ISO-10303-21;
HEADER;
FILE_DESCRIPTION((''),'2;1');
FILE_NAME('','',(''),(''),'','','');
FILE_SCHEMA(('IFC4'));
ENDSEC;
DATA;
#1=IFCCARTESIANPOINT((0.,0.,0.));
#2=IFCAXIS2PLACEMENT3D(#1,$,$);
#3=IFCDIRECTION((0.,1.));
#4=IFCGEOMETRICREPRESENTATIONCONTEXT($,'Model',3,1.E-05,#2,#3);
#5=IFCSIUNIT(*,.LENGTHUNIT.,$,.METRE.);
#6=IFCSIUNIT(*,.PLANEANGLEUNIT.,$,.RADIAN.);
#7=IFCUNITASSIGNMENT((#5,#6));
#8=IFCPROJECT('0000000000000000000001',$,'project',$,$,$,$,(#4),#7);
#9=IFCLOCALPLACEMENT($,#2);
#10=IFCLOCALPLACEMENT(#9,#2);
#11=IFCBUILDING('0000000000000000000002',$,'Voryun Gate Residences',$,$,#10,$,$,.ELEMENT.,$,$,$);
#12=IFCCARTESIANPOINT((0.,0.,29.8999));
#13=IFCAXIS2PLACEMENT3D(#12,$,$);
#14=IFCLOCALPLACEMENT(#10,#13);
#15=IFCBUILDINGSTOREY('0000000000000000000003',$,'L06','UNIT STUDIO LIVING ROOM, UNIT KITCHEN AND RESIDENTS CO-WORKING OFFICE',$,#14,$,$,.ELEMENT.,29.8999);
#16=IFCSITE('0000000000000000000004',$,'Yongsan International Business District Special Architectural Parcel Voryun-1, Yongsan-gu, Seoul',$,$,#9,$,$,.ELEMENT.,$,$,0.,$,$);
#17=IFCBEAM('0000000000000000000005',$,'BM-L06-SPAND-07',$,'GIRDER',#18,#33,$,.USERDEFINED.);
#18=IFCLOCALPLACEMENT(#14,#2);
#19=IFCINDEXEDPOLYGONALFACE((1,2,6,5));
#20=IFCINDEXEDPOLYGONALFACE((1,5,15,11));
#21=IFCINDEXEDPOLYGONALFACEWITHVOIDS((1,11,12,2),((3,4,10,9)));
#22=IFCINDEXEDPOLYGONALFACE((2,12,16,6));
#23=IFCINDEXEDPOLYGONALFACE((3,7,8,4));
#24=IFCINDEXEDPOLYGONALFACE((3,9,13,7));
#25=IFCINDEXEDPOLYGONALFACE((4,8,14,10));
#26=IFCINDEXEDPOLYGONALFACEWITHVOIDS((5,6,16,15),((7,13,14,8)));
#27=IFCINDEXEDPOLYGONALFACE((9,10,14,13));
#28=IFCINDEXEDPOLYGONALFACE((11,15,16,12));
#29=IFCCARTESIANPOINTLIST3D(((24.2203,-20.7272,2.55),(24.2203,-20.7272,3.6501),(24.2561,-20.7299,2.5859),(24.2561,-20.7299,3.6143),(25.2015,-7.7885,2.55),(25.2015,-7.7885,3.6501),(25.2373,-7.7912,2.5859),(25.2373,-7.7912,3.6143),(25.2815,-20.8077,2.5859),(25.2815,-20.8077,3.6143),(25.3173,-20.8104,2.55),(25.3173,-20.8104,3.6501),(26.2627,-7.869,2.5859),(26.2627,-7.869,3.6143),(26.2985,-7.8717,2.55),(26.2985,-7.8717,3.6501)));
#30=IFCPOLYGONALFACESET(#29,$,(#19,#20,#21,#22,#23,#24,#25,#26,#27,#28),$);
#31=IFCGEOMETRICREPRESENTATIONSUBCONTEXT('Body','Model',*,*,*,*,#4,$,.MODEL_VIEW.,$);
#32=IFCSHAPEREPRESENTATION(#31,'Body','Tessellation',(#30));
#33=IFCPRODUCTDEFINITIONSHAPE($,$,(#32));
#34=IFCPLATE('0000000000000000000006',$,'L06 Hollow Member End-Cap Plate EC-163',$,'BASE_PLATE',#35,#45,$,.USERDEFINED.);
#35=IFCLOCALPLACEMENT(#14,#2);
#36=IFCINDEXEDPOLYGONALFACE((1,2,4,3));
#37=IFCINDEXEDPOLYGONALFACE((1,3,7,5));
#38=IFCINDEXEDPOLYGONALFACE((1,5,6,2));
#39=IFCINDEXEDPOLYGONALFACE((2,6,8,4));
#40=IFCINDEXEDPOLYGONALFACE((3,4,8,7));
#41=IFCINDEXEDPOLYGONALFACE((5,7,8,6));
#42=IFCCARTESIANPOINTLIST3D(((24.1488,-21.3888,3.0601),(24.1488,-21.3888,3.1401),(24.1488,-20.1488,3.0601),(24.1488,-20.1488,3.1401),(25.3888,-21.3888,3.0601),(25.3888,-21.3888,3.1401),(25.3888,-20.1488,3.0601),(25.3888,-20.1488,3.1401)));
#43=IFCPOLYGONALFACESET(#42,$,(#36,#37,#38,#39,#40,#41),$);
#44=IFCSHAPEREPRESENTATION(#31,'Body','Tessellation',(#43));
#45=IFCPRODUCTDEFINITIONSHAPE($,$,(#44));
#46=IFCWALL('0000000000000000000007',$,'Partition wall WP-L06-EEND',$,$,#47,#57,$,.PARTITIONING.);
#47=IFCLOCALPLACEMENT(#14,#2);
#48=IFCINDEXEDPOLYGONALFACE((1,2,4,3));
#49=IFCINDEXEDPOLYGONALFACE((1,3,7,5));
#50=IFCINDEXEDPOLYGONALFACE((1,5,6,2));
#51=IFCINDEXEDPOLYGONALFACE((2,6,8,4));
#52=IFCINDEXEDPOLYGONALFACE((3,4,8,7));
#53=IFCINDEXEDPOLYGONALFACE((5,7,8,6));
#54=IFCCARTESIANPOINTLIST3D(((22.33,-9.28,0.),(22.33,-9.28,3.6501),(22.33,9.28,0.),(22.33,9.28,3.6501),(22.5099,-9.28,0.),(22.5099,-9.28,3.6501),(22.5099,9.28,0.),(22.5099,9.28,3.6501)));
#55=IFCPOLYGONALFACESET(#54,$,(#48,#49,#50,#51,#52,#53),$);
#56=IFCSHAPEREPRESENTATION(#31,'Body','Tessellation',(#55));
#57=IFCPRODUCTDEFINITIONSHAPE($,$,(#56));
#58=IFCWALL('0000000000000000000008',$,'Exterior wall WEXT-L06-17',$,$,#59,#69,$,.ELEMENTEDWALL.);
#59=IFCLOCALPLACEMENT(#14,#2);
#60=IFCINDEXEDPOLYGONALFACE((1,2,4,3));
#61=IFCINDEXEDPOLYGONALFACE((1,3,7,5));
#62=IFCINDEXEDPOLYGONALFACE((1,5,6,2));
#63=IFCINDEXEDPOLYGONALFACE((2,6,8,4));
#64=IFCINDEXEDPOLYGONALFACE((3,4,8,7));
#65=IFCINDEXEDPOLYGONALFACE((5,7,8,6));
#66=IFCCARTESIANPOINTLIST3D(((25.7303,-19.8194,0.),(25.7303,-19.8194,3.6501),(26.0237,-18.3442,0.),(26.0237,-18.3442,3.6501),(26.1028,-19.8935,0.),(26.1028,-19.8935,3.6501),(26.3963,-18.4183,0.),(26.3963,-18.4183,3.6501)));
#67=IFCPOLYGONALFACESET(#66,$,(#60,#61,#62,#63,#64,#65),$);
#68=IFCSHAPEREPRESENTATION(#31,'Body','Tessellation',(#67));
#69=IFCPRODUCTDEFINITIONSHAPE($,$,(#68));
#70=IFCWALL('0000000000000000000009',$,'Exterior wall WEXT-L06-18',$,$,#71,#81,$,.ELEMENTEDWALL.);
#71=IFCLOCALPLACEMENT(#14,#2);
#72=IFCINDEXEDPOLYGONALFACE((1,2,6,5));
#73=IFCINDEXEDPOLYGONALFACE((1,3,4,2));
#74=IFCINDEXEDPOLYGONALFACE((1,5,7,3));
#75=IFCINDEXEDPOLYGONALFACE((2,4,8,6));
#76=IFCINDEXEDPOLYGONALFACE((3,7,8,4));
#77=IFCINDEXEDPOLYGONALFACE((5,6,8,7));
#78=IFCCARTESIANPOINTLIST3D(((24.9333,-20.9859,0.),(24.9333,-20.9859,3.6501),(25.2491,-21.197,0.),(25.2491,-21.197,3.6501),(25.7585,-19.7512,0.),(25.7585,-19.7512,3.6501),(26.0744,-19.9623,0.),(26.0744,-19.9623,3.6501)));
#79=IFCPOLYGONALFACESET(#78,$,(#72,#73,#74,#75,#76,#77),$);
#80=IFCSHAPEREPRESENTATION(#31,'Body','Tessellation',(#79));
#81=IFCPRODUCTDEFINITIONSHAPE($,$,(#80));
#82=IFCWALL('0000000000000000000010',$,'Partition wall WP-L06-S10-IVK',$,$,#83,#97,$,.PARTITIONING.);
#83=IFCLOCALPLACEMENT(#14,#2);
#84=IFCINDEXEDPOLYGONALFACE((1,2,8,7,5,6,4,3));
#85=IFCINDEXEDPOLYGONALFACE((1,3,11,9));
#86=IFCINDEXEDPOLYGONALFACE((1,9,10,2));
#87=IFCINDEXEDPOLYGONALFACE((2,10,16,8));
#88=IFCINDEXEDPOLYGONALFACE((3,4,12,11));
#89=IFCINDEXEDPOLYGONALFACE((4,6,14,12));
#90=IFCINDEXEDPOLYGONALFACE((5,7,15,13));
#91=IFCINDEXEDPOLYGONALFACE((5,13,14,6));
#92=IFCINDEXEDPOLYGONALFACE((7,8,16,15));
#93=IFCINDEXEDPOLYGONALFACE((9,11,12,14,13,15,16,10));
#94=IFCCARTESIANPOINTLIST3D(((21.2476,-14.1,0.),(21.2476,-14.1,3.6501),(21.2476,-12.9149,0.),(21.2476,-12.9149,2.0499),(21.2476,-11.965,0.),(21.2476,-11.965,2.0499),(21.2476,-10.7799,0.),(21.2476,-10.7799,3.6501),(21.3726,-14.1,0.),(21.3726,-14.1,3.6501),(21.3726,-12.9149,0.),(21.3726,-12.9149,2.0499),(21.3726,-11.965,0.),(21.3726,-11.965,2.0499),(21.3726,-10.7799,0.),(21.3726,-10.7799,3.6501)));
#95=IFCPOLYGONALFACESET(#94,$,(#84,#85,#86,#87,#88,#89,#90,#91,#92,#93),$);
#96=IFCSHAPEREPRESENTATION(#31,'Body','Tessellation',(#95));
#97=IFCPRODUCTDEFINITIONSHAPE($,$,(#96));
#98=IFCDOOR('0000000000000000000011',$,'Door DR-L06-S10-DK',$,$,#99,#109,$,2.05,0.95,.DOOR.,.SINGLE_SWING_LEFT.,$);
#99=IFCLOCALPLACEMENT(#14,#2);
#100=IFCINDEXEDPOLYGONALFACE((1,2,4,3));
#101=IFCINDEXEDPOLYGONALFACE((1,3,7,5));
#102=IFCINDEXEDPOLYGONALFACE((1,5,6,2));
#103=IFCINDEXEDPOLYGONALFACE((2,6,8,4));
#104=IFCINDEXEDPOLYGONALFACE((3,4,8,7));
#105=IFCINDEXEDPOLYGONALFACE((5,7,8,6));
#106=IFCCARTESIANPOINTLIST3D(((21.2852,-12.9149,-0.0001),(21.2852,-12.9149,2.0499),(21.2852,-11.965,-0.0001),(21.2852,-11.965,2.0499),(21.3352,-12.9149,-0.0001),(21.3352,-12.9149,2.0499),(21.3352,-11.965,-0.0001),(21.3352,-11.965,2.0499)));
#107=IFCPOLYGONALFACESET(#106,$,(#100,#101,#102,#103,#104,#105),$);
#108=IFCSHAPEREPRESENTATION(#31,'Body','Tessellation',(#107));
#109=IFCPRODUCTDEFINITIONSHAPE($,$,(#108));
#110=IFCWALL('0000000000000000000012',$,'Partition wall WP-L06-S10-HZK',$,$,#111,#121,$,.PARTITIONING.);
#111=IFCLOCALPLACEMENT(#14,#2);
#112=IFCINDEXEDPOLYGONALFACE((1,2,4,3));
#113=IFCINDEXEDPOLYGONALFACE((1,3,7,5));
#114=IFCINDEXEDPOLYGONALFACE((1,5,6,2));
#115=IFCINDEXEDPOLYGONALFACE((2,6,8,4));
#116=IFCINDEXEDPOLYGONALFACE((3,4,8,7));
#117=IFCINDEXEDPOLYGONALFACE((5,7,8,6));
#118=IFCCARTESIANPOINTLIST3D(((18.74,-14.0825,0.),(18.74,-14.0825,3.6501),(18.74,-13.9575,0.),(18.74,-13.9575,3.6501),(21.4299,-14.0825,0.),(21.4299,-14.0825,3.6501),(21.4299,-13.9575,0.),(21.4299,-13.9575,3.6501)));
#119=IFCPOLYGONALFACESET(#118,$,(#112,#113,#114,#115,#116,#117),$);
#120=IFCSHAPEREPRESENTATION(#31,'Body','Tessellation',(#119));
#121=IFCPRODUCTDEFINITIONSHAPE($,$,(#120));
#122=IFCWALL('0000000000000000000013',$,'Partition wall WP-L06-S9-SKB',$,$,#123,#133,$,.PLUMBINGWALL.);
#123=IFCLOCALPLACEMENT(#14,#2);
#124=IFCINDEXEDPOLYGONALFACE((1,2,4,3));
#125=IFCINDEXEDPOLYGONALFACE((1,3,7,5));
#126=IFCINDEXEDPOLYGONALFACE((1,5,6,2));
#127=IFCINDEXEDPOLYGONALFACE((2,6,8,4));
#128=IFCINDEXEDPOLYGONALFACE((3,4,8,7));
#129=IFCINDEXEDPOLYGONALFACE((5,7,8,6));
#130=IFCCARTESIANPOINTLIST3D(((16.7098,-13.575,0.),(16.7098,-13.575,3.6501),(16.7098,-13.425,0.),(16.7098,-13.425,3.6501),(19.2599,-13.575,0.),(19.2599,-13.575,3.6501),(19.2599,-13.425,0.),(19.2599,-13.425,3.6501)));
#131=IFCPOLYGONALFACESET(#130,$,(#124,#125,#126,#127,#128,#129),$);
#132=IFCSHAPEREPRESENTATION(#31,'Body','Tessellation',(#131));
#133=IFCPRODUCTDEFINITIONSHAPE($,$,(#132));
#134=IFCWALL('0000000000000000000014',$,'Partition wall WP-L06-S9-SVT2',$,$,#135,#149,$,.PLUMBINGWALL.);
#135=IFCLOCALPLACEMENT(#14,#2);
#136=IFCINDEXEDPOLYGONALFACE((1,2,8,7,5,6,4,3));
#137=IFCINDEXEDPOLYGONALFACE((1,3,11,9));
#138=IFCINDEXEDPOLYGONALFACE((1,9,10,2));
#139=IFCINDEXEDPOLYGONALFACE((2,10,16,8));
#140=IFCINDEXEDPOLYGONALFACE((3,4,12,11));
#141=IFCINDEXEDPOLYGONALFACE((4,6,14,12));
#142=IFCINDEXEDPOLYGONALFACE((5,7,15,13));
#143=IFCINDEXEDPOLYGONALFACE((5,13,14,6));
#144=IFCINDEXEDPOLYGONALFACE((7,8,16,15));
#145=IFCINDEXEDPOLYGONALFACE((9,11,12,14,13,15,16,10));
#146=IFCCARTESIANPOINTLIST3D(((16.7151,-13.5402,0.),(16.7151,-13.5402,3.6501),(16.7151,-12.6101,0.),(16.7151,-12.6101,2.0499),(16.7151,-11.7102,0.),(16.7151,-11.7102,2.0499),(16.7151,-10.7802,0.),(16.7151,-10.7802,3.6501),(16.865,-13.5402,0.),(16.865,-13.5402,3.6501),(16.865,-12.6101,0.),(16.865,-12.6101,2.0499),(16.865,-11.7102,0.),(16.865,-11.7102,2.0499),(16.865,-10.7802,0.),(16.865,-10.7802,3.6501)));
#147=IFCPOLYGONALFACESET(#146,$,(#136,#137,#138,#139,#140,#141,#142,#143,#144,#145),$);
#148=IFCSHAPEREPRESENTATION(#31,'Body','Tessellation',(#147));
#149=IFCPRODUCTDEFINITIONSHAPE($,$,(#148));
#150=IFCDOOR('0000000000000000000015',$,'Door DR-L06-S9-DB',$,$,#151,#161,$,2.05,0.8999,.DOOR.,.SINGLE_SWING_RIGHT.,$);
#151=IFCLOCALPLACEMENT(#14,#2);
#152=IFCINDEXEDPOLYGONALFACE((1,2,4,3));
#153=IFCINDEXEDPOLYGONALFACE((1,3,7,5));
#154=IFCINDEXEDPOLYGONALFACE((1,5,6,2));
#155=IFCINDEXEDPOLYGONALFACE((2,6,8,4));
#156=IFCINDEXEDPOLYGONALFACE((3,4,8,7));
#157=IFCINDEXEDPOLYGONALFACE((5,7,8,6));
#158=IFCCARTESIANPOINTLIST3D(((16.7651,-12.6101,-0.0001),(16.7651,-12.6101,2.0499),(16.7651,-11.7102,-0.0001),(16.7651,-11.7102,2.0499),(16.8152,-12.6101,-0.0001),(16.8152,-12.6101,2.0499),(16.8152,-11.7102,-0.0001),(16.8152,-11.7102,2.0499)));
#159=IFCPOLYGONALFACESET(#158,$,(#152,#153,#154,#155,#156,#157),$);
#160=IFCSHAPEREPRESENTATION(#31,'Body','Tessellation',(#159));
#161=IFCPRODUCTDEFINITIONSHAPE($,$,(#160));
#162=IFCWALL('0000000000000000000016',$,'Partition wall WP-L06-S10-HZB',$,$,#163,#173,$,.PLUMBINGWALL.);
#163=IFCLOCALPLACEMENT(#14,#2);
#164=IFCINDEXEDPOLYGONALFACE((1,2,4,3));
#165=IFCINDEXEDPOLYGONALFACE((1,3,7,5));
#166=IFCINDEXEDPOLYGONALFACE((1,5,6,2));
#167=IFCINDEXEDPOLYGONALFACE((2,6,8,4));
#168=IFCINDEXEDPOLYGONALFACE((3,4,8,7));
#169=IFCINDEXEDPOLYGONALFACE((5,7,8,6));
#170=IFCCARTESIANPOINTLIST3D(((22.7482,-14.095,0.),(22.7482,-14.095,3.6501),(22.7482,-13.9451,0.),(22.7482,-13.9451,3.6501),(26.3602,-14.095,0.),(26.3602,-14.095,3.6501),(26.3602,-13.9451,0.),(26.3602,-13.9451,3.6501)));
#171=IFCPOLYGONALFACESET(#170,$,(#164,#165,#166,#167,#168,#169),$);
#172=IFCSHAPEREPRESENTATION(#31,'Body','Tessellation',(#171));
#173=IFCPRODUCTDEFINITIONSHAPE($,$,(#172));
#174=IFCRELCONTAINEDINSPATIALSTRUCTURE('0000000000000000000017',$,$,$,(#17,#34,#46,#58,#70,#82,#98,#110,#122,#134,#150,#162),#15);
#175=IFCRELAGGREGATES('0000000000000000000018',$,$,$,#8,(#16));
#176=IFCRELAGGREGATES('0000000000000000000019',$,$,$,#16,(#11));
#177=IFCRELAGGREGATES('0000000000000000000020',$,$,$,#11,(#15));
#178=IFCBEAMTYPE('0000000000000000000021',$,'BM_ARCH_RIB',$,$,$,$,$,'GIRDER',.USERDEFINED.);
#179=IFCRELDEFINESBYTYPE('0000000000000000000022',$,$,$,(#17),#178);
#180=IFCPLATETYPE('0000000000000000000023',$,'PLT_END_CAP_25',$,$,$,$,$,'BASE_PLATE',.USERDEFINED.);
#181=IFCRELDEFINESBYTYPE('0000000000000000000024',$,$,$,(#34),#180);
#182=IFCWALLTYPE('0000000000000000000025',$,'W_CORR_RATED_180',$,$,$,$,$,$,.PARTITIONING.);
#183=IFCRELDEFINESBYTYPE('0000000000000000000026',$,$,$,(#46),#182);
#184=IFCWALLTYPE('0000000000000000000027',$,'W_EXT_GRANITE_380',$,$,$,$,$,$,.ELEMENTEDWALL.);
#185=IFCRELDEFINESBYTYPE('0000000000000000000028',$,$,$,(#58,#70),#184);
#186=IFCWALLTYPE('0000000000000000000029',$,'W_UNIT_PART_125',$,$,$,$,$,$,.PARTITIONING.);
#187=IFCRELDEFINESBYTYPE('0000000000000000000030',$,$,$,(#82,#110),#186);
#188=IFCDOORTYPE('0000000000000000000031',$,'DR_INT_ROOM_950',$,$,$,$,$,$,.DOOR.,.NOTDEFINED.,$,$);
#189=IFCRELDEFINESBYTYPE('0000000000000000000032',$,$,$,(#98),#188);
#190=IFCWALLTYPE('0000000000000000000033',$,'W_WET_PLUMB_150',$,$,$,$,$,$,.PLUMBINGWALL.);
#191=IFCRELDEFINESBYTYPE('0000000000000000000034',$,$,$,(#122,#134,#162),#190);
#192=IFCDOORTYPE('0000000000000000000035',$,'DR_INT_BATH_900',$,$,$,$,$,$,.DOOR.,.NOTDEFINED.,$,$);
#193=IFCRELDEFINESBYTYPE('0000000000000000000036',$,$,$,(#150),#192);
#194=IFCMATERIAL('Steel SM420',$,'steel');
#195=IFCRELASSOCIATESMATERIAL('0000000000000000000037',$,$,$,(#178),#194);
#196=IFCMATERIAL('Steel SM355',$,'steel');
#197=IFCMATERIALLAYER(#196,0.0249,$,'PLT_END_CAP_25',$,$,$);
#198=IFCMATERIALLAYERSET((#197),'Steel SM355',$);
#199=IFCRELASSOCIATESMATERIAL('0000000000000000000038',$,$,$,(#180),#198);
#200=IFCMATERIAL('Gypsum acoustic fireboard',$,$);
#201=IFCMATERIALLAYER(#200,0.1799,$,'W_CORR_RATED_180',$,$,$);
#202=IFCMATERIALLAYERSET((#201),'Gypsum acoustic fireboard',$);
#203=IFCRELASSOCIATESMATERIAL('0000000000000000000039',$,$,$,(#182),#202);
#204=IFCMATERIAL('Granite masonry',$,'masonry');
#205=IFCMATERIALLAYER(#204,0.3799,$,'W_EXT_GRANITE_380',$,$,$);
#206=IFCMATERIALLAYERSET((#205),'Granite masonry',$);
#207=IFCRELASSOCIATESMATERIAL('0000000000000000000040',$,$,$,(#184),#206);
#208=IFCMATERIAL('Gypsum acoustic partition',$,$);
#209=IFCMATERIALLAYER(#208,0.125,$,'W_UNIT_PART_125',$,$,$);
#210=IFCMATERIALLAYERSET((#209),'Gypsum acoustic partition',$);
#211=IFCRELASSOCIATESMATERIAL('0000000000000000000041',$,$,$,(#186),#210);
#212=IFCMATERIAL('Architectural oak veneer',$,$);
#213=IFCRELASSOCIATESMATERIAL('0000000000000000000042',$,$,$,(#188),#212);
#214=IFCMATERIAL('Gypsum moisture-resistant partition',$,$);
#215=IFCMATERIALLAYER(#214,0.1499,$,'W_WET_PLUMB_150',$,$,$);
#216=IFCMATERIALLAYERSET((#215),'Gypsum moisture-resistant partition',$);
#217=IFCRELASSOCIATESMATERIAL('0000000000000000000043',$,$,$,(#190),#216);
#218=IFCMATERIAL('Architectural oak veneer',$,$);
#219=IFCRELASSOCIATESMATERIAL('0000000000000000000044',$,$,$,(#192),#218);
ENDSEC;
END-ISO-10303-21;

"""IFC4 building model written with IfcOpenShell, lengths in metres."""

from ifc_helpers import new_model, si_unit, direction, frame, frame_2d, origin, origin_2d, place, context, subcontext, project, spatial, rectangle, hollow_rectangle, extrude, material, layer, layer_set, material_profile, profile_set, type_object, element, fill, save


model = new_model("IFC4")

# Units and contexts
model_context = context("Model", 3, precision=1e-05, world=origin(), true_north=direction((0.0, 1.0)))
body_context = subcontext(model_context, "Body", "Model", "MODEL_VIEW")
ifc_project = project(units=[si_unit("LENGTHUNIT", "METRE"), si_unit("PLANEANGLEUNIT", "RADIAN")], contexts=[model_context])

# Site, building, storey
site_placement = place(None, origin())
site = spatial("IfcSite", under=ifc_project, at=site_placement, Name="Yongsan International Business District Special Architectural Parcel Voryun-1, Yongsan-gu, Seoul", CompositionType="ELEMENT", RefElevation=0.0)
building_placement = place(site_placement, origin())
building = spatial("IfcBuilding", under=site, at=building_placement, Name="Voryun Gate Residences", CompositionType="ELEMENT")
storey_placement = place(building_placement, frame((0.0, 0.0, 29.8999)))
storey = spatial("IfcBuildingStorey", under=building, at=storey_placement, Name="L06", Description="UNIT STUDIO LIVING ROOM, UNIT KITCHEN AND RESIDENTS CO-WORKING OFFICE", CompositionType="ELEMENT", Elevation=29.8999)

# Beam
ifc_material_1 = material(Name="Steel SM420", Category="steel")
ifc_material_profile = material_profile(ifc_material_1, hollow_rectangle(XDim=1.1001, YDim=1.1001, WallThickness=0.0359, at=origin_2d()), Name="BOX-1100x1100x36")
ifc_profile_set = profile_set([ifc_material_profile], Name="Steel SM420")
beam_type = type_object("IfcBeamType", Name="BM_ARCH_RIB", ElementType="GIRDER", PredefinedType="USERDEFINED", material=ifc_profile_set)
beam_placement = place(storey_placement, frame((24.7688, -20.7688, 3.1001), z_axis=(0.075617, 0.997137, 0.0), x_axis=(-0.997137, 0.075617, 0.0)))
element("IfcBeam", 1, at=beam_placement, inside=storey, type_object=beam_type, Name="BM-L06-SPAND-07", ObjectType="GIRDER", PredefinedType="USERDEFINED", context=body_context, shape_type="SweptSolid", body=[
    extrude(hollow_rectangle(XDim=1.1001, YDim=1.1001, WallThickness=0.0359, at=origin_2d()), origin(), (0.0, 0.0, 1.0), 12.9758),
])

# Plate
ifc_material_2 = material(Name="Steel SM355", Category="steel")
ifc_layer_1 = layer(ifc_material_2, 0.0249, Name="PLT_END_CAP_25")
ifc_layer_set_1 = layer_set([ifc_layer_1], Name="Steel SM355")
plate_type = type_object("IfcPlateType", Name="PLT_END_CAP_25", ElementType="BASE_PLATE", PredefinedType="USERDEFINED", material=ifc_layer_set_1)
plate_placement = place(storey_placement, frame((24.7688, -20.7688, 3.0601), z_axis=(0.0, 0.0, 1.0), x_axis=(1.0, 0.0, 0.0)))
element("IfcPlate", 2, at=plate_placement, inside=storey, type_object=plate_type, Name="L06 Hollow Member End-Cap Plate EC-163", ObjectType="BASE_PLATE", PredefinedType="USERDEFINED", context=body_context, shape_type="SweptSolid", body=[
    extrude(rectangle(XDim=1.24, YDim=1.24, at=origin_2d()), origin(), (0.0, 0.0, 1.0), 0.0801),
])

# Walls
ifc_material_3 = material(Name="Gypsum acoustic fireboard")
ifc_layer_2 = layer(ifc_material_3, 0.1799, Name="W_CORR_RATED_180")
ifc_layer_set_2 = layer_set([ifc_layer_2], Name="Gypsum acoustic fireboard")
wall_type_1 = type_object("IfcWallType", Name="W_CORR_RATED_180", PredefinedType="PARTITIONING", material=ifc_layer_set_2)
wall_1_placement = place(storey_placement, frame((22.4199, -9.28, 0.0), z_axis=(0.0, 0.0, 1.0), x_axis=(0.0, 1.0, 0.0)))
element("IfcWall", 3, at=wall_1_placement, inside=storey, type_object=wall_type_1, Name="Partition wall WP-L06-EEND", PredefinedType="PARTITIONING", context=body_context, shape_type="SweptSolid", body=[
    extrude(rectangle(XDim=18.5601, YDim=0.1799, at=frame_2d((9.28, 0.0))), origin(), (0.0, 0.0, 1.0), 3.6501),
])
ifc_material_4 = material(Name="Granite masonry", Category="masonry")
ifc_layer_3 = layer(ifc_material_4, 0.3799, Name="W_EXT_GRANITE_380")
ifc_layer_set_3 = layer_set([ifc_layer_3], Name="Granite masonry")
wall_type_2 = type_object("IfcWallType", Name="W_EXT_GRANITE_380", PredefinedType="ELEMENTEDWALL", material=ifc_layer_set_3)
wall_2_placement = place(storey_placement, frame((26.21, -18.3813, 0.0), z_axis=(0.0, 0.0, 1.0), x_axis=(-0.195086, -0.980786, 0.0)))
element("IfcWall", 4, at=wall_2_placement, inside=storey, type_object=wall_type_2, Name="Exterior wall WEXT-L06-17", PredefinedType="ELEMENTEDWALL", context=body_context, shape_type="SweptSolid", body=[
    extrude(rectangle(XDim=1.5042, YDim=0.3799, at=frame_2d((0.752, 0.0))), origin(), (0.0, 0.0, 1.0), 3.6501),
])
wall_3_placement = place(storey_placement, frame((25.9165, -19.8567, 0.0), z_axis=(0.0, 0.0, 1.0), x_axis=(-0.555686, -0.831392, 0.0)))
element("IfcWall", 5, at=wall_3_placement, inside=storey, type_object=wall_type_2, Name="Exterior wall WEXT-L06-18", PredefinedType="ELEMENTEDWALL", context=body_context, shape_type="SweptSolid", body=[
    extrude(rectangle(XDim=1.4851, YDim=0.3799, at=frame_2d((0.7427, 0.0))), origin(), (0.0, 0.0, 1.0), 3.6501),
])

# Wall, opening, door
ifc_material_5 = material(Name="Gypsum acoustic partition")
ifc_layer_4 = layer(ifc_material_5, 0.125, Name="W_UNIT_PART_125")
ifc_layer_set_4 = layer_set([ifc_layer_4], Name="Gypsum acoustic partition")
wall_type_3 = type_object("IfcWallType", Name="W_UNIT_PART_125", PredefinedType="PARTITIONING", material=ifc_layer_set_4)
wall_4_placement = place(storey_placement, frame((21.3101, -14.1001, 0.0), z_axis=(0.0, 0.0, 1.0), x_axis=(0.0, 1.0, 0.0)))
wall_4 = element("IfcWall", 6, at=wall_4_placement, inside=storey, type_object=wall_type_3, Name="Partition wall WP-L06-S10-IVK", PredefinedType="PARTITIONING", context=body_context, shape_type="SweptSolid", body=[
    extrude(rectangle(XDim=3.3201, YDim=0.125, at=frame_2d((1.6602, 0.0))), origin(), (0.0, 0.0, 1.0), 3.6501),
])
opening_1_placement = place(wall_4_placement, frame((1.1851, 0.0, 0.0)))
opening_1 = element("IfcOpeningElement", 7, at=opening_1_placement, cuts=wall_4, PredefinedType="OPENING", context=body_context, shape_type="SweptSolid", body=[
    extrude(rectangle(XDim=0.95, YDim=2.05, at=frame_2d((0.4751, 1.0249))), frame((0.0, 0.0725, 0.0), z_axis=(0.0, -1.0, 0.0), x_axis=(1.0, 0.0, 0.0)), (0.0, 0.0, 1.0), 0.145),
])
ifc_material_6 = material(Name="Architectural oak veneer")
door_type_1 = type_object("IfcDoorType", Name="DR_INT_ROOM_950", OperationType="NOTDEFINED", PredefinedType="DOOR", material=ifc_material_6)
door_1_placement = place(opening_1_placement, origin())
door_1 = element("IfcDoor", 8, at=door_1_placement, inside=storey, type_object=door_type_1, Name="Door DR-L06-S10-DK", OperationType="SINGLE_SWING_LEFT", OverallHeight=2.05, OverallWidth=0.95, PredefinedType="DOOR", context=body_context, shape_type="SweptSolid", body=[
    extrude(rectangle(XDim=0.95, YDim=2.05, at=frame_2d((0.4751, 1.0249))), frame((0.0, 0.0249, 0.0), z_axis=(0.0, -1.0, 0.0), x_axis=(1.0, 0.0, 0.0)), (0.0, 0.0, 1.0), 0.05),
])
fill(opening_1, door_1)

# Walls
wall_5_placement = place(storey_placement, frame((18.74, -14.02, 0.0), z_axis=(0.0, 0.0, 1.0), x_axis=(1.0, 0.0, 0.0)))
element("IfcWall", 9, at=wall_5_placement, inside=storey, type_object=wall_type_3, Name="Partition wall WP-L06-S10-HZK", PredefinedType="PARTITIONING", context=body_context, shape_type="SweptSolid", body=[
    extrude(rectangle(XDim=2.6899, YDim=0.125, at=frame_2d((1.345, 0.0))), origin(), (0.0, 0.0, 1.0), 3.6501),
])
ifc_material_7 = material(Name="Gypsum moisture-resistant partition")
ifc_layer_5 = layer(ifc_material_7, 0.1499, Name="W_WET_PLUMB_150")
ifc_layer_set_5 = layer_set([ifc_layer_5], Name="Gypsum moisture-resistant partition")
wall_type_4 = type_object("IfcWallType", Name="W_WET_PLUMB_150", PredefinedType="PLUMBINGWALL", material=ifc_layer_set_5)
wall_6_placement = place(storey_placement, frame((16.71, -13.5, 0.0), z_axis=(0.0, 0.0, 1.0), x_axis=(1.0, 0.0, 0.0)))
element("IfcWall", 10, at=wall_6_placement, inside=storey, type_object=wall_type_4, Name="Partition wall WP-L06-S9-SKB", PredefinedType="PLUMBINGWALL", context=body_context, shape_type="SweptSolid", body=[
    extrude(rectangle(XDim=2.55, YDim=0.1499, at=frame_2d((1.2749, 0.0))), origin(), (0.0, 0.0, 1.0), 3.6501),
])

# Wall, opening, door
wall_7_placement = place(storey_placement, frame((16.79, -13.54, 0.0), z_axis=(0.0, 0.0, 1.0), x_axis=(0.0, 1.0, 0.0)))
wall_7 = element("IfcWall", 11, at=wall_7_placement, inside=storey, type_object=wall_type_4, Name="Partition wall WP-L06-S9-SVT2", PredefinedType="PLUMBINGWALL", context=body_context, shape_type="SweptSolid", body=[
    extrude(rectangle(XDim=2.76, YDim=0.1499, at=frame_2d((1.3799, 0.0))), origin(), (0.0, 0.0, 1.0), 3.6501),
])
opening_2_placement = place(wall_7_placement, frame((0.9299, 0.0, 0.0)))
opening_2 = element("IfcOpeningElement", 12, at=opening_2_placement, cuts=wall_7, PredefinedType="OPENING", context=body_context, shape_type="SweptSolid", body=[
    extrude(rectangle(XDim=0.8999, YDim=2.05, at=frame_2d((0.45, 1.0249))), frame((0.0, 0.085, 0.0), z_axis=(0.0, -1.0, 0.0), x_axis=(1.0, 0.0, 0.0)), (0.0, 0.0, 1.0), 0.1699),
])
ifc_material_8 = material(Name="Architectural oak veneer")
door_type_2 = type_object("IfcDoorType", Name="DR_INT_BATH_900", OperationType="NOTDEFINED", PredefinedType="DOOR", material=ifc_material_8)
door_2_placement = place(opening_2_placement, origin())
door_2 = element("IfcDoor", 13, at=door_2_placement, inside=storey, type_object=door_type_2, Name="Door DR-L06-S9-DB", OperationType="SINGLE_SWING_RIGHT", OverallHeight=2.05, OverallWidth=0.8999, PredefinedType="DOOR", context=body_context, shape_type="SweptSolid", body=[
    extrude(rectangle(XDim=0.8999, YDim=2.05, at=frame_2d((0.45, 1.0249))), frame((0.0, 0.0249, 0.0), z_axis=(0.0, -1.0, 0.0), x_axis=(1.0, 0.0, 0.0)), (0.0, 0.0, 1.0), 0.05),
])
fill(opening_2, door_2)

# Wall
wall_8_placement = place(storey_placement, frame((22.748, -14.02, 0.0), z_axis=(0.0, 0.0, 1.0), x_axis=(1.0, 0.0, 0.0)))
element("IfcWall", 14, at=wall_8_placement, inside=storey, type_object=wall_type_4, Name="Partition wall WP-L06-S10-HZB", PredefinedType="PLUMBINGWALL", context=body_context, shape_type="SweptSolid", body=[
    extrude(rectangle(XDim=3.6121, YDim=0.1499, at=frame_2d((1.8062, 0.0))), origin(), (0.0, 0.0, 1.0), 3.6501),
])

save(model, "model.ifc")
